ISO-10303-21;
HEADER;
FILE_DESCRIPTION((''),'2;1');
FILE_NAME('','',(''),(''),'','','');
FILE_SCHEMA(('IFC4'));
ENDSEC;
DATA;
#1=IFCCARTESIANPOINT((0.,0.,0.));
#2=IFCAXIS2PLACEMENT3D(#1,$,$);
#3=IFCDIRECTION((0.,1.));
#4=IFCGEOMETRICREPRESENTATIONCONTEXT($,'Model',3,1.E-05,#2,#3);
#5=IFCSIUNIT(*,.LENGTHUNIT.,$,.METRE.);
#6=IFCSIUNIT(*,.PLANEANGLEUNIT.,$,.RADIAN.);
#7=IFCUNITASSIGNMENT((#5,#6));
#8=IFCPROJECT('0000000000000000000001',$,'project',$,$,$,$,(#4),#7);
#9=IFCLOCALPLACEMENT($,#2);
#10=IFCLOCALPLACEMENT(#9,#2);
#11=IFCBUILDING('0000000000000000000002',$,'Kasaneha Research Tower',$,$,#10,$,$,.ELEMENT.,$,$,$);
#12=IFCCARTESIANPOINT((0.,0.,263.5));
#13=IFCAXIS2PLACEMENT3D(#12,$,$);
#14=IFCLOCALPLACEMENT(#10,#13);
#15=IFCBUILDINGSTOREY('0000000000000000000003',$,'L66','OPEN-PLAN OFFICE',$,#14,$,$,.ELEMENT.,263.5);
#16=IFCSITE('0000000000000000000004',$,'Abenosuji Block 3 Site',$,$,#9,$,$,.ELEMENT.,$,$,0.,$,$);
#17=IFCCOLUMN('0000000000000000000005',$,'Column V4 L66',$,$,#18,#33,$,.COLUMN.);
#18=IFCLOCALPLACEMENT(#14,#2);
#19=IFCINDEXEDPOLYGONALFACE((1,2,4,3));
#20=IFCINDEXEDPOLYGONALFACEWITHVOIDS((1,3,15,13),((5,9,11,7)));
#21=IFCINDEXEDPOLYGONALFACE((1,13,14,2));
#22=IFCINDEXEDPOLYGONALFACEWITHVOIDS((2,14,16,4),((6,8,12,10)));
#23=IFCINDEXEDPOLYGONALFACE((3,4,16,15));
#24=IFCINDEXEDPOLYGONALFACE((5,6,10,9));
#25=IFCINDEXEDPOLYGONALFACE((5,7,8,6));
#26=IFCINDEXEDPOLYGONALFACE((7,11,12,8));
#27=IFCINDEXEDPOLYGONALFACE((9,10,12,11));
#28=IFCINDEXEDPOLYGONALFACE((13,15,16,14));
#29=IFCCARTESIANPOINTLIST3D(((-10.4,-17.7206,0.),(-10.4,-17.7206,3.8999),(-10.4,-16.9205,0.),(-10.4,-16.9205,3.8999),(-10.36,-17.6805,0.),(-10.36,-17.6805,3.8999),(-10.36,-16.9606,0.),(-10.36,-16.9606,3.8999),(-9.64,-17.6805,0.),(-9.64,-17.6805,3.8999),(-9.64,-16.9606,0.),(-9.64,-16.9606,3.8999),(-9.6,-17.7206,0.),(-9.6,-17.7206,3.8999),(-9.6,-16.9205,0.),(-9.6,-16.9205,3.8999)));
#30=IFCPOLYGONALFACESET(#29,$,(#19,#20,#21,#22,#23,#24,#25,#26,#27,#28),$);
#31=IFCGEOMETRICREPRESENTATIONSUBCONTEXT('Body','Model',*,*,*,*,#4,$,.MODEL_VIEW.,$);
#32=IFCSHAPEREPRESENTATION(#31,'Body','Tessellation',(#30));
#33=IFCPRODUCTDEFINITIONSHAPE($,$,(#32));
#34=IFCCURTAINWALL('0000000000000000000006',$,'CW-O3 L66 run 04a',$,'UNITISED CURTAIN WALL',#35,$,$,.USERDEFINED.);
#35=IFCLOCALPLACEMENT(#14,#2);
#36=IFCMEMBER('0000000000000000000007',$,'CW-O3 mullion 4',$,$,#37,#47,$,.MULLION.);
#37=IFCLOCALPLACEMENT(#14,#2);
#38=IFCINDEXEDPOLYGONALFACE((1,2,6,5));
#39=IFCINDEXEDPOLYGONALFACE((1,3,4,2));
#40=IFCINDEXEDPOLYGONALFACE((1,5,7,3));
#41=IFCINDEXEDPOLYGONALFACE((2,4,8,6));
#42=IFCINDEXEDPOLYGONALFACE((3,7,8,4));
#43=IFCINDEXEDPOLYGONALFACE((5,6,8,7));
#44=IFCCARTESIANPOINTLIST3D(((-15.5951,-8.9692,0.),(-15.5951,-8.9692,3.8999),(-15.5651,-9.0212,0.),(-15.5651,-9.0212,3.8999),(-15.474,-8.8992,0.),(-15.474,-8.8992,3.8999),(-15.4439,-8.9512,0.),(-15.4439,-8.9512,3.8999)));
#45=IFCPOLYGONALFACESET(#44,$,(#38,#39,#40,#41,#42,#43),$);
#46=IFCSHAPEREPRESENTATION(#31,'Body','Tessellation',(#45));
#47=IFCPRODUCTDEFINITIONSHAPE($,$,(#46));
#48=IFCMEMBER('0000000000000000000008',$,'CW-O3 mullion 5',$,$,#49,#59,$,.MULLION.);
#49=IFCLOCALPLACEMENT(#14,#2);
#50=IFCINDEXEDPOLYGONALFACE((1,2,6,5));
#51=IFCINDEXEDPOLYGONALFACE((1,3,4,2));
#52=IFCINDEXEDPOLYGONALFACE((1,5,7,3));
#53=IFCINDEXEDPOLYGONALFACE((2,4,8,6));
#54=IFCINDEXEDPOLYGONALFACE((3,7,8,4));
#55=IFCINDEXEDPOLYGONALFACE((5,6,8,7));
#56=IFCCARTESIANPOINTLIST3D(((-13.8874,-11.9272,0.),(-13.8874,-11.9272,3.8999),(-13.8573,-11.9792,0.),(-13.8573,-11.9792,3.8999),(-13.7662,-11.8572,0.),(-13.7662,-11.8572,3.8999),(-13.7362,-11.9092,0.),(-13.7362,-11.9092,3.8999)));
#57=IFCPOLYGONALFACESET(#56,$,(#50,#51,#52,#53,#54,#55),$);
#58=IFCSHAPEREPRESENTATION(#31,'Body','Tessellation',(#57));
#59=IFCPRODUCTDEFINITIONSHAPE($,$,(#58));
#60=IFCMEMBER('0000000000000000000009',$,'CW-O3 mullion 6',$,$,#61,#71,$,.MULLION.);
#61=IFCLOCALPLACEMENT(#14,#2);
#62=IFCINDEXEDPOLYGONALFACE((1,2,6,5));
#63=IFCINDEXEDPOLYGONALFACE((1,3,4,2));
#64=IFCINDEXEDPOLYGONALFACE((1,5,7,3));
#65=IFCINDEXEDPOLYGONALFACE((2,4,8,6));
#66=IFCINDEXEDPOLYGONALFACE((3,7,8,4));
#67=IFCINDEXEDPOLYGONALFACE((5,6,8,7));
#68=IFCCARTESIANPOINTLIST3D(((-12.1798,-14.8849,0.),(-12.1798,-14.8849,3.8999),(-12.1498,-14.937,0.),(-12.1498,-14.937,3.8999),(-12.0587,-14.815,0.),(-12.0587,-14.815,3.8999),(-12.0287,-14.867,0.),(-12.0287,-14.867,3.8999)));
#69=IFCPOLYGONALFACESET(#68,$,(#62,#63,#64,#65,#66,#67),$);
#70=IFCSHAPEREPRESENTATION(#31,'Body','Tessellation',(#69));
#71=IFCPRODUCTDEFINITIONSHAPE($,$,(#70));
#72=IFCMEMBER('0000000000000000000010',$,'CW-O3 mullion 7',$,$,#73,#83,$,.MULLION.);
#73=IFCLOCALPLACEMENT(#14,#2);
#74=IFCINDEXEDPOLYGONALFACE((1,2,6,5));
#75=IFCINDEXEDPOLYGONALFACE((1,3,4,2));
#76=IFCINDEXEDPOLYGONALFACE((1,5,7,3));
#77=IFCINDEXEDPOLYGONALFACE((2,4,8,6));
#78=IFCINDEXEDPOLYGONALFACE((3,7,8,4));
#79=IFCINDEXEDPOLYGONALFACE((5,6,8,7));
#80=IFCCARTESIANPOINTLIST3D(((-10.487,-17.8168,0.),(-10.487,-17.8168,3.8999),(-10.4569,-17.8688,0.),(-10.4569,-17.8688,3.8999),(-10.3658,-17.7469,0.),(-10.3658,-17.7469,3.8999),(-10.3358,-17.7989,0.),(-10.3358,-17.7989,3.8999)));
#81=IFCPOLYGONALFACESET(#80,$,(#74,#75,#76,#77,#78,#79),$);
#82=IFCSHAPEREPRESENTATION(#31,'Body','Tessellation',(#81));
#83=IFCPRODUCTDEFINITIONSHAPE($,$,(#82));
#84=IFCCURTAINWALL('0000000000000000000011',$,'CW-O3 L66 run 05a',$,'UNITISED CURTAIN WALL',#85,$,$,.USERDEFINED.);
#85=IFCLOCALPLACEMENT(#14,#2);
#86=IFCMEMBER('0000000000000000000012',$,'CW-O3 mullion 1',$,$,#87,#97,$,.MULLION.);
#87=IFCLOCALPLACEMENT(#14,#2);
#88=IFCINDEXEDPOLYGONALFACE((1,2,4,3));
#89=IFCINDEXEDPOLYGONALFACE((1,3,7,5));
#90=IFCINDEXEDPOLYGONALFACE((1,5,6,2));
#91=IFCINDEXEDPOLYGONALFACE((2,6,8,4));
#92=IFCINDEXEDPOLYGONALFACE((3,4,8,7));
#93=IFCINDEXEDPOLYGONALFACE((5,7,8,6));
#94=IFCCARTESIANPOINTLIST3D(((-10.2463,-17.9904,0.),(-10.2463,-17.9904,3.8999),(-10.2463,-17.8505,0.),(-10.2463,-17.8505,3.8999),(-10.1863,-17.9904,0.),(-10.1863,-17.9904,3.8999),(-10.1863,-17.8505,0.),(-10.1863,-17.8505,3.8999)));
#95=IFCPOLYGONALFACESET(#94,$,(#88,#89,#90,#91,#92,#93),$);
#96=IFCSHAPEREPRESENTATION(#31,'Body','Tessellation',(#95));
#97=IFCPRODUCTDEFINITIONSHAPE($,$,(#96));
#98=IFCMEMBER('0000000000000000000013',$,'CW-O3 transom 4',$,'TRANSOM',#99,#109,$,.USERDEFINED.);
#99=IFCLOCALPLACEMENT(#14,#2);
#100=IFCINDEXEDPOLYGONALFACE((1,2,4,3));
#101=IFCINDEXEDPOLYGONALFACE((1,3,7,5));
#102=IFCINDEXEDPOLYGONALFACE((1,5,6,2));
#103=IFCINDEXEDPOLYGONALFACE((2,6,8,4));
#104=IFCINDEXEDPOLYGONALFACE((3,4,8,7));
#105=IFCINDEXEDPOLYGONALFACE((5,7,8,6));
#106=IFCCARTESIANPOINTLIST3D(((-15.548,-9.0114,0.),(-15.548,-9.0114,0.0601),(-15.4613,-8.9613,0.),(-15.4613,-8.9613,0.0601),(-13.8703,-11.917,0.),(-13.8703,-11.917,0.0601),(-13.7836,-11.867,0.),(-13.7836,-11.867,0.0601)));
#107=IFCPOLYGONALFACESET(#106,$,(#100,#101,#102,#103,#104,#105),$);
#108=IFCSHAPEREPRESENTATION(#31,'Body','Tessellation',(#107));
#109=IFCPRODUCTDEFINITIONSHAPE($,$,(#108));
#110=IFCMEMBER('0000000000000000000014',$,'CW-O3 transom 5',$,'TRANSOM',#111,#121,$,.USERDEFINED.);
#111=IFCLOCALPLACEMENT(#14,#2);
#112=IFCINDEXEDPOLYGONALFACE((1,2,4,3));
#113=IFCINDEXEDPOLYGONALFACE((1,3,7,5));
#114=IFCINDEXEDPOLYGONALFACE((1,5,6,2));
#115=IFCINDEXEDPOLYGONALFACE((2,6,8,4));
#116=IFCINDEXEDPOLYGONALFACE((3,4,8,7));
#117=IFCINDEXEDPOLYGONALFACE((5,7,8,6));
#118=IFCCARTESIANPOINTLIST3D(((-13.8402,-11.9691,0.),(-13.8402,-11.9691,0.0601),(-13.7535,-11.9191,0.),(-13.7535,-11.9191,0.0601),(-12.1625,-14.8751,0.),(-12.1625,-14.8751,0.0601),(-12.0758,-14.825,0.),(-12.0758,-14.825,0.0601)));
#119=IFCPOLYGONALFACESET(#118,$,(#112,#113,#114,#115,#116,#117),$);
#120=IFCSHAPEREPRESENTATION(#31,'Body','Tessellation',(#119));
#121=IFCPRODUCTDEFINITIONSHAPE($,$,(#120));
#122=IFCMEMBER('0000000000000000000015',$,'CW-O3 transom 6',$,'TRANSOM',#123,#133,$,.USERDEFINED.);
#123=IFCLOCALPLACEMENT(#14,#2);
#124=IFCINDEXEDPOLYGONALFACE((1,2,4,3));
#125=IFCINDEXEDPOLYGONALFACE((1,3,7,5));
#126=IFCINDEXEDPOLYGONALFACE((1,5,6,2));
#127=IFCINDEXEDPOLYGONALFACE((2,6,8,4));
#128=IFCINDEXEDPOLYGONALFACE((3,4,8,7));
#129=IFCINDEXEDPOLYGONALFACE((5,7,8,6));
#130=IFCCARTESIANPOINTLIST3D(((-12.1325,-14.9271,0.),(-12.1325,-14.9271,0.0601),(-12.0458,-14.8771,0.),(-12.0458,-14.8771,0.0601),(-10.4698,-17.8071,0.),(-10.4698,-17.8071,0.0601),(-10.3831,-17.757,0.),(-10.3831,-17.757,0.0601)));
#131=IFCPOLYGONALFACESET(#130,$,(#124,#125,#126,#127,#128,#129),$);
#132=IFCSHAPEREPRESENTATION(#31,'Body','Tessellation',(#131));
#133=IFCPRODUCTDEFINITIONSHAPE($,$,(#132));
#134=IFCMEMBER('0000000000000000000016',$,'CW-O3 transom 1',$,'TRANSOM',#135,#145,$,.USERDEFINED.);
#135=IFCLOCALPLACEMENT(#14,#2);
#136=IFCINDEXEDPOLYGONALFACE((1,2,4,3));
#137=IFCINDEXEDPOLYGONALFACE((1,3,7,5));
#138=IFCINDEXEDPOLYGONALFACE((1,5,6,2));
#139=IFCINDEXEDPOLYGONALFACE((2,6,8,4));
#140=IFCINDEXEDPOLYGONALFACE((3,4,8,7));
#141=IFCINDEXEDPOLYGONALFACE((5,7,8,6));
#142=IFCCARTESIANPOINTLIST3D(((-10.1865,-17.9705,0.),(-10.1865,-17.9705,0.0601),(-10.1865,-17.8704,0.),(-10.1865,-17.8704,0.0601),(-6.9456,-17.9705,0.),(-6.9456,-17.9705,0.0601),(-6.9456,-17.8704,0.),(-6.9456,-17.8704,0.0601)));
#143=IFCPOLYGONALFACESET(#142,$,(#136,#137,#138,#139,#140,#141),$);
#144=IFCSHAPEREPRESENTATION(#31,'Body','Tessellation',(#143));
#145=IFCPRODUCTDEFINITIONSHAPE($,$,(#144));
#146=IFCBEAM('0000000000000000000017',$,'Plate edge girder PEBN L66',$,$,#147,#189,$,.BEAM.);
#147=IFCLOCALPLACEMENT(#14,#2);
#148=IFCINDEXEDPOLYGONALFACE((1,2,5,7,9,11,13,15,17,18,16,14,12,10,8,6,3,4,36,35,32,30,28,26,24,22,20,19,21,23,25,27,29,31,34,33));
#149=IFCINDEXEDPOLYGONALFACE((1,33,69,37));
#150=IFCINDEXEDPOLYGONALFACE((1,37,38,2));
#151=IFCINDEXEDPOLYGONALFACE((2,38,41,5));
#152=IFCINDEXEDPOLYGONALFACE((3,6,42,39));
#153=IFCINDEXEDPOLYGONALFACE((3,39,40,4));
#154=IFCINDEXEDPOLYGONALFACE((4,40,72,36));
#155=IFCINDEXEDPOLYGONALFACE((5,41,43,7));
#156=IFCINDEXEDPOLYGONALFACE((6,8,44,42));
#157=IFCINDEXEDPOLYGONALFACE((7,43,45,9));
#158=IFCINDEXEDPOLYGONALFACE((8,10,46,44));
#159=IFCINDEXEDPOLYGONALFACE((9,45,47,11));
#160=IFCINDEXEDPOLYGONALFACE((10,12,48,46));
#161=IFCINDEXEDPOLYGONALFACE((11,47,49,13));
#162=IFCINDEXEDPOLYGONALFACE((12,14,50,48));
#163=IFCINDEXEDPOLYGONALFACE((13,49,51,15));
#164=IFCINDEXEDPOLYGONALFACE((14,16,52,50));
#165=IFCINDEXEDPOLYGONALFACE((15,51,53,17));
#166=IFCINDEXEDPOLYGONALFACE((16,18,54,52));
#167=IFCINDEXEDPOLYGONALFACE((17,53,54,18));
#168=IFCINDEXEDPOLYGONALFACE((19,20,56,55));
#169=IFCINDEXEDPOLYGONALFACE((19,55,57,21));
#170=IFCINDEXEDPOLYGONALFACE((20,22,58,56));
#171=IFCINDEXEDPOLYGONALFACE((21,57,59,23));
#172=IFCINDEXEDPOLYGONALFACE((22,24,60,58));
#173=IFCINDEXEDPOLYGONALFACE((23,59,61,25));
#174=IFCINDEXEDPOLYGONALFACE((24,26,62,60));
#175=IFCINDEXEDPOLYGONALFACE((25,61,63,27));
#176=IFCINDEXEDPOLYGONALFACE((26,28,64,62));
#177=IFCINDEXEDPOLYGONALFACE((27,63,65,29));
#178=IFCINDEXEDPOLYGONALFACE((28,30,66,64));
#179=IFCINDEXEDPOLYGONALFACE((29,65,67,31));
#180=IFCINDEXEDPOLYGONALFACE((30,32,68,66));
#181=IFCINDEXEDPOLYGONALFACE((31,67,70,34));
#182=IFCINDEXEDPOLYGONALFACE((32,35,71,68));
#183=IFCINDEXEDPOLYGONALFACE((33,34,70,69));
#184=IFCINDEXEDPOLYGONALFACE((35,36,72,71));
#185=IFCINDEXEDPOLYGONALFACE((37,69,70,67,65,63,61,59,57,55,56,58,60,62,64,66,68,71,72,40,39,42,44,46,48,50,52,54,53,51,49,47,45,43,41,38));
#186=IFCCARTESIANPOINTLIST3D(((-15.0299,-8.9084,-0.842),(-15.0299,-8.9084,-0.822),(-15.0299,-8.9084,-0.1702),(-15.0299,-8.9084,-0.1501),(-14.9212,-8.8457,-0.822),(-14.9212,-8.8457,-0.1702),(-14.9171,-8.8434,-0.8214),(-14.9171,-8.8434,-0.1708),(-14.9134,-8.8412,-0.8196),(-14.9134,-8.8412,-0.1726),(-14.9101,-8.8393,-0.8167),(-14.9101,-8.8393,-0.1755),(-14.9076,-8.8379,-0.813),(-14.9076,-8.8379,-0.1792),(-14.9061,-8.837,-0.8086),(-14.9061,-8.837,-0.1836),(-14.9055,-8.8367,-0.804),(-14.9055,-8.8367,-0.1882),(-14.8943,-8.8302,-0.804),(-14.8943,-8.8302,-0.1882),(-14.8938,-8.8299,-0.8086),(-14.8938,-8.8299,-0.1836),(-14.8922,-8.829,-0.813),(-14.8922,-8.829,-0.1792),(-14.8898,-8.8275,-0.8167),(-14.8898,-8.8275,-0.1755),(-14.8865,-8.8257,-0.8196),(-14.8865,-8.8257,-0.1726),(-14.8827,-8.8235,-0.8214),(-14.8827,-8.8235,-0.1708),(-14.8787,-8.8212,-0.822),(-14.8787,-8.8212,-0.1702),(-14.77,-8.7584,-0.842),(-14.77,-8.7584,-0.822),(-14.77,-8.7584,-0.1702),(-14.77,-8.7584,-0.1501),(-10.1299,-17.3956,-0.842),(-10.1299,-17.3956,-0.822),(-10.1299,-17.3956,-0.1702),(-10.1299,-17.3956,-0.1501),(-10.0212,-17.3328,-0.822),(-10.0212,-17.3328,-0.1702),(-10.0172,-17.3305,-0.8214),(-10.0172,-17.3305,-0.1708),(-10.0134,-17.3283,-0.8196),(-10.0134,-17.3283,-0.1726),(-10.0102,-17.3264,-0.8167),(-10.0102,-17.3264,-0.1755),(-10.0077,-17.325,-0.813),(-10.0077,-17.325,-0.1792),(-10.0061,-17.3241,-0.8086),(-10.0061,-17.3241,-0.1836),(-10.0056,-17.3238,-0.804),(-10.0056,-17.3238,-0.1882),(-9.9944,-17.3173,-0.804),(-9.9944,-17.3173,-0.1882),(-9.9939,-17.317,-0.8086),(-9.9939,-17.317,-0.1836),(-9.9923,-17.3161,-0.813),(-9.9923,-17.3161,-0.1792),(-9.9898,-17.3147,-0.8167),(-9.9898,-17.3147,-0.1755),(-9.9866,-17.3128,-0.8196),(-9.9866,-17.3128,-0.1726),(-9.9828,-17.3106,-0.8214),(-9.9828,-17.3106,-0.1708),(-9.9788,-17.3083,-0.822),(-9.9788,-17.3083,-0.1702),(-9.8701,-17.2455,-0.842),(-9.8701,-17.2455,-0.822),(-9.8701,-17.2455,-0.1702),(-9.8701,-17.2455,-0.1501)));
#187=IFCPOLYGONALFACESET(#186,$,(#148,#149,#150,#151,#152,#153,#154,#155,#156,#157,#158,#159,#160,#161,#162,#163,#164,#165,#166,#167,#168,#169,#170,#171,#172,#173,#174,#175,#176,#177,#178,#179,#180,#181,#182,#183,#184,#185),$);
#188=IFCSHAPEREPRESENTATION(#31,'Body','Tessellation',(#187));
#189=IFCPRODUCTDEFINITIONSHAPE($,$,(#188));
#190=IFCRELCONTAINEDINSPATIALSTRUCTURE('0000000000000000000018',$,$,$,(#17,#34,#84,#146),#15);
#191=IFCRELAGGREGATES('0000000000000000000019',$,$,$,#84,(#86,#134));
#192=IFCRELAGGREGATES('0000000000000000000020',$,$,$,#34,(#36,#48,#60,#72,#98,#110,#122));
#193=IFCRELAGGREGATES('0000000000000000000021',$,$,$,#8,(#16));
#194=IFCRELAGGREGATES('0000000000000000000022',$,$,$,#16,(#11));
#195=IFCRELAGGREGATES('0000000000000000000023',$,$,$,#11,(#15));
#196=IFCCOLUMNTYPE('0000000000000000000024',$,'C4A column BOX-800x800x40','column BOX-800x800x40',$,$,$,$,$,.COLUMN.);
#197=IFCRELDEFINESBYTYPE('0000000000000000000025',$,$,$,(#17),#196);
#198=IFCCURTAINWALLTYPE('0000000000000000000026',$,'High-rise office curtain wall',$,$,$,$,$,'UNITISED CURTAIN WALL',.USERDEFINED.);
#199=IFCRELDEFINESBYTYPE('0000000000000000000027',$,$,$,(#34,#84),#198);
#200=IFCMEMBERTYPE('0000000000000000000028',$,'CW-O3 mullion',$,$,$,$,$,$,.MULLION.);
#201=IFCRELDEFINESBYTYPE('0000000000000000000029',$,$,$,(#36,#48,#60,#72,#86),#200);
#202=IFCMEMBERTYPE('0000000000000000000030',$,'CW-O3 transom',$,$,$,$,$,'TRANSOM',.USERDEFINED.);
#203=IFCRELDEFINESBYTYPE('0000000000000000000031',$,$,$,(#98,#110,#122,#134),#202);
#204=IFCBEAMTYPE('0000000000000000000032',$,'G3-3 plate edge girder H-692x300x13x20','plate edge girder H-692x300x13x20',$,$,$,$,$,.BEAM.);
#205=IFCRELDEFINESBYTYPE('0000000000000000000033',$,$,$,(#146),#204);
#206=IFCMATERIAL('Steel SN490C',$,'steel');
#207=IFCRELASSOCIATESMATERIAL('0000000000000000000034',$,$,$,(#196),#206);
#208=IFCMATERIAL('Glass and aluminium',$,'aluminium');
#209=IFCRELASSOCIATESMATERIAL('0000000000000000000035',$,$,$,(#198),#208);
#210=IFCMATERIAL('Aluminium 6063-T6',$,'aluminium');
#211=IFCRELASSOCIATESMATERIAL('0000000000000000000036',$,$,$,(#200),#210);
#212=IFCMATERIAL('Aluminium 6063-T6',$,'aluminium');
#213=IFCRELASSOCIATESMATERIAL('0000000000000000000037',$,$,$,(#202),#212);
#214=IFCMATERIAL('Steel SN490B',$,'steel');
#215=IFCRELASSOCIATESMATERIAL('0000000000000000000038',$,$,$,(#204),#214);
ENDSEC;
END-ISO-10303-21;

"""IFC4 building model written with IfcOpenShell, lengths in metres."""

from ifc_helpers import new_model, si_unit, direction, frame, origin, origin_2d, place, context, subcontext, project, spatial, rectangle, hollow_rectangle, i_section, extrude, material, material_profile, profile_set, type_object, element, aggregate, save


model = new_model("IFC4")

# Units and contexts
model_context = context("Model", 3, precision=1e-05, world=origin(), true_north=direction((0.0, 1.0)))
body_context = subcontext(model_context, "Body", "Model", "MODEL_VIEW")
ifc_project = project(units=[si_unit("LENGTHUNIT", "METRE"), si_unit("PLANEANGLEUNIT", "RADIAN")], contexts=[model_context])

# Site, building, storey
site_placement = place(None, origin())
site = spatial("IfcSite", under=ifc_project, at=site_placement, Name="Abenosuji Block 3 Site", CompositionType="ELEMENT", RefElevation=0.0)
building_placement = place(site_placement, origin())
building = spatial("IfcBuilding", under=site, at=building_placement, Name="Kasaneha Research Tower", CompositionType="ELEMENT")
storey_placement = place(building_placement, frame((0.0, 0.0, 263.5)))
storey = spatial("IfcBuildingStorey", under=building, at=storey_placement, Name="L66", Description="OPEN-PLAN OFFICE", CompositionType="ELEMENT", Elevation=263.5)

# Column
ifc_material_1 = material(Name="Steel SN490C", Category="steel")
ifc_material_profile_1 = material_profile(ifc_material_1, hollow_rectangle(XDim=0.8, YDim=0.8, WallThickness=0.04, at=origin_2d()), Name="BOX-800x800x40")
ifc_profile_set_1 = profile_set([ifc_material_profile_1], Name="Steel SN490C")
column_type = type_object("IfcColumnType", Name="C4A column BOX-800x800x40", Description="column BOX-800x800x40", PredefinedType="COLUMN", material=ifc_profile_set_1)
column_placement = place(storey_placement, frame((-10.0, -17.3206, 0.0), z_axis=(0.0, 0.0, 1.0), x_axis=(1.0, 0.0, 0.0)))
element("IfcColumn", 1, at=column_placement, inside=storey, type_object=column_type, Name="Column V4 L66", PredefinedType="COLUMN", context=body_context, shape_type="SweptSolid", body=[
    extrude(hollow_rectangle(XDim=0.8, YDim=0.8, WallThickness=0.04, at=origin_2d()), origin(), (0.0, 0.0, 1.0), 3.8999),
])

# Curtain wall, members
ifc_material_2 = material(Name="Glass and aluminium", Category="aluminium")
curtain_wall_type = type_object("IfcCurtainWallType", Name="High-rise office curtain wall", ElementType="UNITISED CURTAIN WALL", PredefinedType="USERDEFINED", material=ifc_material_2)
curtain_wall_1_placement = place(storey_placement, origin())
curtain_wall_1 = element("IfcCurtainWall", 2, at=curtain_wall_1_placement, inside=storey, type_object=curtain_wall_type, Name="CW-O3 L66 run 04a", ObjectType="UNITISED CURTAIN WALL", PredefinedType="USERDEFINED")
ifc_material_3 = material(Name="Aluminium 6063-T6", Category="aluminium")
ifc_material_profile_2 = material_profile(ifc_material_3, rectangle(XDim=0.0601, YDim=0.1399, at=origin_2d()), Name="CW-O3 mullion 60x140")
ifc_profile_set_2 = profile_set([ifc_material_profile_2], Name="Aluminium 6063-T6")
member_type_1 = type_object("IfcMemberType", Name="CW-O3 mullion", PredefinedType="MULLION", material=ifc_profile_set_2)
member_1_placement = place(storey_placement, frame((-15.5195, -8.9602, 0.0), z_axis=(0.0, 0.0, 1.0), x_axis=(0.5, -0.866025, 0.0)))
member_1 = element("IfcMember", 3, at=member_1_placement, type_object=member_type_1, Name="CW-O3 mullion 4", PredefinedType="MULLION", context=body_context, shape_type="SweptSolid", body=[
    extrude(rectangle(XDim=0.0601, YDim=0.1399, at=origin_2d()), origin(), (0.0, 0.0, 1.0), 3.8999),
])
member_2_placement = place(storey_placement, frame((-13.8118, -11.9182, 0.0), z_axis=(0.0, 0.0, 1.0), x_axis=(0.5, -0.866025, 0.0)))
member_2 = element("IfcMember", 4, at=member_2_placement, type_object=member_type_1, Name="CW-O3 mullion 5", PredefinedType="MULLION", context=body_context, shape_type="SweptSolid", body=[
    extrude(rectangle(XDim=0.0601, YDim=0.1399, at=origin_2d()), origin(), (0.0, 0.0, 1.0), 3.8999),
])
member_3_placement = place(storey_placement, frame((-12.1042, -14.876, 0.0), z_axis=(0.0, 0.0, 1.0), x_axis=(0.5, -0.866025, 0.0)))
member_3 = element("IfcMember", 5, at=member_3_placement, type_object=member_type_1, Name="CW-O3 mullion 6", PredefinedType="MULLION", context=body_context, shape_type="SweptSolid", body=[
    extrude(rectangle(XDim=0.0601, YDim=0.1399, at=origin_2d()), origin(), (0.0, 0.0, 1.0), 3.8999),
])
member_4_placement = place(storey_placement, frame((-10.4114, -17.8079, 0.0), z_axis=(0.0, 0.0, 1.0), x_axis=(0.5, -0.866025, 0.0)))
member_4 = element("IfcMember", 6, at=member_4_placement, type_object=member_type_1, Name="CW-O3 mullion 7", PredefinedType="MULLION", context=body_context, shape_type="SweptSolid", body=[
    extrude(rectangle(XDim=0.0601, YDim=0.1399, at=origin_2d()), origin(), (0.0, 0.0, 1.0), 3.8999),
])

# Curtain wall, member
curtain_wall_2_placement = place(storey_placement, origin())
curtain_wall_2 = element("IfcCurtainWall", 7, at=curtain_wall_2_placement, inside=storey, type_object=curtain_wall_type, Name="CW-O3 L66 run 05a", ObjectType="UNITISED CURTAIN WALL", PredefinedType="USERDEFINED")
member_5_placement = place(storey_placement, frame((-10.2163, -17.9204, 0.0), z_axis=(0.0, 0.0, 1.0), x_axis=(1.0, 0.0, 0.0)))
member_5 = element("IfcMember", 8, at=member_5_placement, type_object=member_type_1, Name="CW-O3 mullion 1", PredefinedType="MULLION", context=body_context, shape_type="SweptSolid", body=[
    extrude(rectangle(XDim=0.0601, YDim=0.1399, at=origin_2d()), origin(), (0.0, 0.0, 1.0), 3.8999),
])

# Members
ifc_material_4 = material(Name="Aluminium 6063-T6", Category="aluminium")
ifc_material_profile_3 = material_profile(ifc_material_4, rectangle(XDim=0.1001, YDim=0.0601, at=origin_2d()), Name="CW-O3 transom 100x60")
ifc_profile_set_3 = profile_set([ifc_material_profile_3], Name="Aluminium 6063-T6")
member_type_2 = type_object("IfcMemberType", Name="CW-O3 transom", ElementType="TRANSOM", PredefinedType="USERDEFINED", material=ifc_profile_set_3)
member_6_placement = place(storey_placement, frame((-15.5046, -8.9863, 0.03), z_axis=(0.500021, -0.866014, 0.0), x_axis=(0.866014, 0.500021, 0.0)))
member_6 = element("IfcMember", 9, at=member_6_placement, type_object=member_type_2, Name="CW-O3 transom 4", ObjectType="TRANSOM", PredefinedType="USERDEFINED", context=body_context, shape_type="SweptSolid", body=[
    extrude(rectangle(XDim=0.1001, YDim=0.0601, at=origin_2d()), origin(), (0.0, 0.0, 1.0), 3.3552),
])
member_7_placement = place(storey_placement, frame((-13.7969, -11.9441, 0.03), z_axis=(0.499989, -0.866032, 0.0), x_axis=(0.866032, 0.499989, 0.0)))
member_7 = element("IfcMember", 10, at=member_7_placement, type_object=member_type_2, Name="CW-O3 transom 5", ObjectType="TRANSOM", PredefinedType="USERDEFINED", context=body_context, shape_type="SweptSolid", body=[
    extrude(rectangle(XDim=0.1001, YDim=0.0601, at=origin_2d()), origin(), (0.0, 0.0, 1.0), 3.3555),
])
member_8_placement = place(storey_placement, frame((-12.0891, -14.9021, 0.03), z_axis=(0.499977, -0.866039, 0.0), x_axis=(0.866039, 0.499977, 0.0)))
member_8 = element("IfcMember", 11, at=member_8_placement, type_object=member_type_2, Name="CW-O3 transom 6", ObjectType="TRANSOM", PredefinedType="USERDEFINED", context=body_context, shape_type="SweptSolid", body=[
    extrude(rectangle(XDim=0.1001, YDim=0.0601, at=origin_2d()), origin(), (0.0, 0.0, 1.0), 3.3254),
])
member_9_placement = place(storey_placement, frame((-10.1865, -17.9204, 0.03), z_axis=(1.0, 0.0, 0.0), x_axis=(0.0, 1.0, 0.0)))
member_9 = element("IfcMember", 12, at=member_9_placement, type_object=member_type_2, Name="CW-O3 transom 1", ObjectType="TRANSOM", PredefinedType="USERDEFINED", context=body_context, shape_type="SweptSolid", body=[
    extrude(rectangle(XDim=0.1001, YDim=0.0601, at=origin_2d()), origin(), (0.0, 0.0, 1.0), 3.241),
])
aggregate(curtain_wall_2, [member_5, member_9])

# Beam
ifc_material_5 = material(Name="Steel SN490B", Category="steel")
ifc_material_profile_4 = material_profile(ifc_material_5, i_section(OverallWidth=0.3, OverallDepth=0.6919, WebThickness=0.0129, FlangeThickness=0.02, FilletRadius=0.0181, at=origin_2d()), Name="H-692x300x13x20")
ifc_profile_set_4 = profile_set([ifc_material_profile_4], Name="Steel SN490B")
beam_type_1 = type_object("IfcBeamType", Name="G3-3 plate edge girder H-692x300x13x20", Description="plate edge girder H-692x300x13x20", PredefinedType="BEAM", material=ifc_profile_set_4)
beam_1_placement = place(storey_placement, frame((-10.0, -17.3206, -0.4961), z_axis=(-0.499992, 0.86603, 0.0), x_axis=(-0.86603, -0.499992, 0.0)))
element("IfcBeam", 13, at=beam_1_placement, inside=storey, type_object=beam_type_1, Name="Plate edge girder PEBN L66", PredefinedType="BEAM", context=body_context, shape_type="SweptSolid", body=[
    extrude(i_section(OverallWidth=0.3, OverallDepth=0.6919, WebThickness=0.0129, FlangeThickness=0.02, FilletRadius=0.0181, at=origin_2d()), origin(), (0.0, 0.0, 1.0), 9.8),
])

aggregate(curtain_wall_1, [member_1, member_2, member_3, member_4, member_6, member_7, member_8])

save(model, "model.ifc")
